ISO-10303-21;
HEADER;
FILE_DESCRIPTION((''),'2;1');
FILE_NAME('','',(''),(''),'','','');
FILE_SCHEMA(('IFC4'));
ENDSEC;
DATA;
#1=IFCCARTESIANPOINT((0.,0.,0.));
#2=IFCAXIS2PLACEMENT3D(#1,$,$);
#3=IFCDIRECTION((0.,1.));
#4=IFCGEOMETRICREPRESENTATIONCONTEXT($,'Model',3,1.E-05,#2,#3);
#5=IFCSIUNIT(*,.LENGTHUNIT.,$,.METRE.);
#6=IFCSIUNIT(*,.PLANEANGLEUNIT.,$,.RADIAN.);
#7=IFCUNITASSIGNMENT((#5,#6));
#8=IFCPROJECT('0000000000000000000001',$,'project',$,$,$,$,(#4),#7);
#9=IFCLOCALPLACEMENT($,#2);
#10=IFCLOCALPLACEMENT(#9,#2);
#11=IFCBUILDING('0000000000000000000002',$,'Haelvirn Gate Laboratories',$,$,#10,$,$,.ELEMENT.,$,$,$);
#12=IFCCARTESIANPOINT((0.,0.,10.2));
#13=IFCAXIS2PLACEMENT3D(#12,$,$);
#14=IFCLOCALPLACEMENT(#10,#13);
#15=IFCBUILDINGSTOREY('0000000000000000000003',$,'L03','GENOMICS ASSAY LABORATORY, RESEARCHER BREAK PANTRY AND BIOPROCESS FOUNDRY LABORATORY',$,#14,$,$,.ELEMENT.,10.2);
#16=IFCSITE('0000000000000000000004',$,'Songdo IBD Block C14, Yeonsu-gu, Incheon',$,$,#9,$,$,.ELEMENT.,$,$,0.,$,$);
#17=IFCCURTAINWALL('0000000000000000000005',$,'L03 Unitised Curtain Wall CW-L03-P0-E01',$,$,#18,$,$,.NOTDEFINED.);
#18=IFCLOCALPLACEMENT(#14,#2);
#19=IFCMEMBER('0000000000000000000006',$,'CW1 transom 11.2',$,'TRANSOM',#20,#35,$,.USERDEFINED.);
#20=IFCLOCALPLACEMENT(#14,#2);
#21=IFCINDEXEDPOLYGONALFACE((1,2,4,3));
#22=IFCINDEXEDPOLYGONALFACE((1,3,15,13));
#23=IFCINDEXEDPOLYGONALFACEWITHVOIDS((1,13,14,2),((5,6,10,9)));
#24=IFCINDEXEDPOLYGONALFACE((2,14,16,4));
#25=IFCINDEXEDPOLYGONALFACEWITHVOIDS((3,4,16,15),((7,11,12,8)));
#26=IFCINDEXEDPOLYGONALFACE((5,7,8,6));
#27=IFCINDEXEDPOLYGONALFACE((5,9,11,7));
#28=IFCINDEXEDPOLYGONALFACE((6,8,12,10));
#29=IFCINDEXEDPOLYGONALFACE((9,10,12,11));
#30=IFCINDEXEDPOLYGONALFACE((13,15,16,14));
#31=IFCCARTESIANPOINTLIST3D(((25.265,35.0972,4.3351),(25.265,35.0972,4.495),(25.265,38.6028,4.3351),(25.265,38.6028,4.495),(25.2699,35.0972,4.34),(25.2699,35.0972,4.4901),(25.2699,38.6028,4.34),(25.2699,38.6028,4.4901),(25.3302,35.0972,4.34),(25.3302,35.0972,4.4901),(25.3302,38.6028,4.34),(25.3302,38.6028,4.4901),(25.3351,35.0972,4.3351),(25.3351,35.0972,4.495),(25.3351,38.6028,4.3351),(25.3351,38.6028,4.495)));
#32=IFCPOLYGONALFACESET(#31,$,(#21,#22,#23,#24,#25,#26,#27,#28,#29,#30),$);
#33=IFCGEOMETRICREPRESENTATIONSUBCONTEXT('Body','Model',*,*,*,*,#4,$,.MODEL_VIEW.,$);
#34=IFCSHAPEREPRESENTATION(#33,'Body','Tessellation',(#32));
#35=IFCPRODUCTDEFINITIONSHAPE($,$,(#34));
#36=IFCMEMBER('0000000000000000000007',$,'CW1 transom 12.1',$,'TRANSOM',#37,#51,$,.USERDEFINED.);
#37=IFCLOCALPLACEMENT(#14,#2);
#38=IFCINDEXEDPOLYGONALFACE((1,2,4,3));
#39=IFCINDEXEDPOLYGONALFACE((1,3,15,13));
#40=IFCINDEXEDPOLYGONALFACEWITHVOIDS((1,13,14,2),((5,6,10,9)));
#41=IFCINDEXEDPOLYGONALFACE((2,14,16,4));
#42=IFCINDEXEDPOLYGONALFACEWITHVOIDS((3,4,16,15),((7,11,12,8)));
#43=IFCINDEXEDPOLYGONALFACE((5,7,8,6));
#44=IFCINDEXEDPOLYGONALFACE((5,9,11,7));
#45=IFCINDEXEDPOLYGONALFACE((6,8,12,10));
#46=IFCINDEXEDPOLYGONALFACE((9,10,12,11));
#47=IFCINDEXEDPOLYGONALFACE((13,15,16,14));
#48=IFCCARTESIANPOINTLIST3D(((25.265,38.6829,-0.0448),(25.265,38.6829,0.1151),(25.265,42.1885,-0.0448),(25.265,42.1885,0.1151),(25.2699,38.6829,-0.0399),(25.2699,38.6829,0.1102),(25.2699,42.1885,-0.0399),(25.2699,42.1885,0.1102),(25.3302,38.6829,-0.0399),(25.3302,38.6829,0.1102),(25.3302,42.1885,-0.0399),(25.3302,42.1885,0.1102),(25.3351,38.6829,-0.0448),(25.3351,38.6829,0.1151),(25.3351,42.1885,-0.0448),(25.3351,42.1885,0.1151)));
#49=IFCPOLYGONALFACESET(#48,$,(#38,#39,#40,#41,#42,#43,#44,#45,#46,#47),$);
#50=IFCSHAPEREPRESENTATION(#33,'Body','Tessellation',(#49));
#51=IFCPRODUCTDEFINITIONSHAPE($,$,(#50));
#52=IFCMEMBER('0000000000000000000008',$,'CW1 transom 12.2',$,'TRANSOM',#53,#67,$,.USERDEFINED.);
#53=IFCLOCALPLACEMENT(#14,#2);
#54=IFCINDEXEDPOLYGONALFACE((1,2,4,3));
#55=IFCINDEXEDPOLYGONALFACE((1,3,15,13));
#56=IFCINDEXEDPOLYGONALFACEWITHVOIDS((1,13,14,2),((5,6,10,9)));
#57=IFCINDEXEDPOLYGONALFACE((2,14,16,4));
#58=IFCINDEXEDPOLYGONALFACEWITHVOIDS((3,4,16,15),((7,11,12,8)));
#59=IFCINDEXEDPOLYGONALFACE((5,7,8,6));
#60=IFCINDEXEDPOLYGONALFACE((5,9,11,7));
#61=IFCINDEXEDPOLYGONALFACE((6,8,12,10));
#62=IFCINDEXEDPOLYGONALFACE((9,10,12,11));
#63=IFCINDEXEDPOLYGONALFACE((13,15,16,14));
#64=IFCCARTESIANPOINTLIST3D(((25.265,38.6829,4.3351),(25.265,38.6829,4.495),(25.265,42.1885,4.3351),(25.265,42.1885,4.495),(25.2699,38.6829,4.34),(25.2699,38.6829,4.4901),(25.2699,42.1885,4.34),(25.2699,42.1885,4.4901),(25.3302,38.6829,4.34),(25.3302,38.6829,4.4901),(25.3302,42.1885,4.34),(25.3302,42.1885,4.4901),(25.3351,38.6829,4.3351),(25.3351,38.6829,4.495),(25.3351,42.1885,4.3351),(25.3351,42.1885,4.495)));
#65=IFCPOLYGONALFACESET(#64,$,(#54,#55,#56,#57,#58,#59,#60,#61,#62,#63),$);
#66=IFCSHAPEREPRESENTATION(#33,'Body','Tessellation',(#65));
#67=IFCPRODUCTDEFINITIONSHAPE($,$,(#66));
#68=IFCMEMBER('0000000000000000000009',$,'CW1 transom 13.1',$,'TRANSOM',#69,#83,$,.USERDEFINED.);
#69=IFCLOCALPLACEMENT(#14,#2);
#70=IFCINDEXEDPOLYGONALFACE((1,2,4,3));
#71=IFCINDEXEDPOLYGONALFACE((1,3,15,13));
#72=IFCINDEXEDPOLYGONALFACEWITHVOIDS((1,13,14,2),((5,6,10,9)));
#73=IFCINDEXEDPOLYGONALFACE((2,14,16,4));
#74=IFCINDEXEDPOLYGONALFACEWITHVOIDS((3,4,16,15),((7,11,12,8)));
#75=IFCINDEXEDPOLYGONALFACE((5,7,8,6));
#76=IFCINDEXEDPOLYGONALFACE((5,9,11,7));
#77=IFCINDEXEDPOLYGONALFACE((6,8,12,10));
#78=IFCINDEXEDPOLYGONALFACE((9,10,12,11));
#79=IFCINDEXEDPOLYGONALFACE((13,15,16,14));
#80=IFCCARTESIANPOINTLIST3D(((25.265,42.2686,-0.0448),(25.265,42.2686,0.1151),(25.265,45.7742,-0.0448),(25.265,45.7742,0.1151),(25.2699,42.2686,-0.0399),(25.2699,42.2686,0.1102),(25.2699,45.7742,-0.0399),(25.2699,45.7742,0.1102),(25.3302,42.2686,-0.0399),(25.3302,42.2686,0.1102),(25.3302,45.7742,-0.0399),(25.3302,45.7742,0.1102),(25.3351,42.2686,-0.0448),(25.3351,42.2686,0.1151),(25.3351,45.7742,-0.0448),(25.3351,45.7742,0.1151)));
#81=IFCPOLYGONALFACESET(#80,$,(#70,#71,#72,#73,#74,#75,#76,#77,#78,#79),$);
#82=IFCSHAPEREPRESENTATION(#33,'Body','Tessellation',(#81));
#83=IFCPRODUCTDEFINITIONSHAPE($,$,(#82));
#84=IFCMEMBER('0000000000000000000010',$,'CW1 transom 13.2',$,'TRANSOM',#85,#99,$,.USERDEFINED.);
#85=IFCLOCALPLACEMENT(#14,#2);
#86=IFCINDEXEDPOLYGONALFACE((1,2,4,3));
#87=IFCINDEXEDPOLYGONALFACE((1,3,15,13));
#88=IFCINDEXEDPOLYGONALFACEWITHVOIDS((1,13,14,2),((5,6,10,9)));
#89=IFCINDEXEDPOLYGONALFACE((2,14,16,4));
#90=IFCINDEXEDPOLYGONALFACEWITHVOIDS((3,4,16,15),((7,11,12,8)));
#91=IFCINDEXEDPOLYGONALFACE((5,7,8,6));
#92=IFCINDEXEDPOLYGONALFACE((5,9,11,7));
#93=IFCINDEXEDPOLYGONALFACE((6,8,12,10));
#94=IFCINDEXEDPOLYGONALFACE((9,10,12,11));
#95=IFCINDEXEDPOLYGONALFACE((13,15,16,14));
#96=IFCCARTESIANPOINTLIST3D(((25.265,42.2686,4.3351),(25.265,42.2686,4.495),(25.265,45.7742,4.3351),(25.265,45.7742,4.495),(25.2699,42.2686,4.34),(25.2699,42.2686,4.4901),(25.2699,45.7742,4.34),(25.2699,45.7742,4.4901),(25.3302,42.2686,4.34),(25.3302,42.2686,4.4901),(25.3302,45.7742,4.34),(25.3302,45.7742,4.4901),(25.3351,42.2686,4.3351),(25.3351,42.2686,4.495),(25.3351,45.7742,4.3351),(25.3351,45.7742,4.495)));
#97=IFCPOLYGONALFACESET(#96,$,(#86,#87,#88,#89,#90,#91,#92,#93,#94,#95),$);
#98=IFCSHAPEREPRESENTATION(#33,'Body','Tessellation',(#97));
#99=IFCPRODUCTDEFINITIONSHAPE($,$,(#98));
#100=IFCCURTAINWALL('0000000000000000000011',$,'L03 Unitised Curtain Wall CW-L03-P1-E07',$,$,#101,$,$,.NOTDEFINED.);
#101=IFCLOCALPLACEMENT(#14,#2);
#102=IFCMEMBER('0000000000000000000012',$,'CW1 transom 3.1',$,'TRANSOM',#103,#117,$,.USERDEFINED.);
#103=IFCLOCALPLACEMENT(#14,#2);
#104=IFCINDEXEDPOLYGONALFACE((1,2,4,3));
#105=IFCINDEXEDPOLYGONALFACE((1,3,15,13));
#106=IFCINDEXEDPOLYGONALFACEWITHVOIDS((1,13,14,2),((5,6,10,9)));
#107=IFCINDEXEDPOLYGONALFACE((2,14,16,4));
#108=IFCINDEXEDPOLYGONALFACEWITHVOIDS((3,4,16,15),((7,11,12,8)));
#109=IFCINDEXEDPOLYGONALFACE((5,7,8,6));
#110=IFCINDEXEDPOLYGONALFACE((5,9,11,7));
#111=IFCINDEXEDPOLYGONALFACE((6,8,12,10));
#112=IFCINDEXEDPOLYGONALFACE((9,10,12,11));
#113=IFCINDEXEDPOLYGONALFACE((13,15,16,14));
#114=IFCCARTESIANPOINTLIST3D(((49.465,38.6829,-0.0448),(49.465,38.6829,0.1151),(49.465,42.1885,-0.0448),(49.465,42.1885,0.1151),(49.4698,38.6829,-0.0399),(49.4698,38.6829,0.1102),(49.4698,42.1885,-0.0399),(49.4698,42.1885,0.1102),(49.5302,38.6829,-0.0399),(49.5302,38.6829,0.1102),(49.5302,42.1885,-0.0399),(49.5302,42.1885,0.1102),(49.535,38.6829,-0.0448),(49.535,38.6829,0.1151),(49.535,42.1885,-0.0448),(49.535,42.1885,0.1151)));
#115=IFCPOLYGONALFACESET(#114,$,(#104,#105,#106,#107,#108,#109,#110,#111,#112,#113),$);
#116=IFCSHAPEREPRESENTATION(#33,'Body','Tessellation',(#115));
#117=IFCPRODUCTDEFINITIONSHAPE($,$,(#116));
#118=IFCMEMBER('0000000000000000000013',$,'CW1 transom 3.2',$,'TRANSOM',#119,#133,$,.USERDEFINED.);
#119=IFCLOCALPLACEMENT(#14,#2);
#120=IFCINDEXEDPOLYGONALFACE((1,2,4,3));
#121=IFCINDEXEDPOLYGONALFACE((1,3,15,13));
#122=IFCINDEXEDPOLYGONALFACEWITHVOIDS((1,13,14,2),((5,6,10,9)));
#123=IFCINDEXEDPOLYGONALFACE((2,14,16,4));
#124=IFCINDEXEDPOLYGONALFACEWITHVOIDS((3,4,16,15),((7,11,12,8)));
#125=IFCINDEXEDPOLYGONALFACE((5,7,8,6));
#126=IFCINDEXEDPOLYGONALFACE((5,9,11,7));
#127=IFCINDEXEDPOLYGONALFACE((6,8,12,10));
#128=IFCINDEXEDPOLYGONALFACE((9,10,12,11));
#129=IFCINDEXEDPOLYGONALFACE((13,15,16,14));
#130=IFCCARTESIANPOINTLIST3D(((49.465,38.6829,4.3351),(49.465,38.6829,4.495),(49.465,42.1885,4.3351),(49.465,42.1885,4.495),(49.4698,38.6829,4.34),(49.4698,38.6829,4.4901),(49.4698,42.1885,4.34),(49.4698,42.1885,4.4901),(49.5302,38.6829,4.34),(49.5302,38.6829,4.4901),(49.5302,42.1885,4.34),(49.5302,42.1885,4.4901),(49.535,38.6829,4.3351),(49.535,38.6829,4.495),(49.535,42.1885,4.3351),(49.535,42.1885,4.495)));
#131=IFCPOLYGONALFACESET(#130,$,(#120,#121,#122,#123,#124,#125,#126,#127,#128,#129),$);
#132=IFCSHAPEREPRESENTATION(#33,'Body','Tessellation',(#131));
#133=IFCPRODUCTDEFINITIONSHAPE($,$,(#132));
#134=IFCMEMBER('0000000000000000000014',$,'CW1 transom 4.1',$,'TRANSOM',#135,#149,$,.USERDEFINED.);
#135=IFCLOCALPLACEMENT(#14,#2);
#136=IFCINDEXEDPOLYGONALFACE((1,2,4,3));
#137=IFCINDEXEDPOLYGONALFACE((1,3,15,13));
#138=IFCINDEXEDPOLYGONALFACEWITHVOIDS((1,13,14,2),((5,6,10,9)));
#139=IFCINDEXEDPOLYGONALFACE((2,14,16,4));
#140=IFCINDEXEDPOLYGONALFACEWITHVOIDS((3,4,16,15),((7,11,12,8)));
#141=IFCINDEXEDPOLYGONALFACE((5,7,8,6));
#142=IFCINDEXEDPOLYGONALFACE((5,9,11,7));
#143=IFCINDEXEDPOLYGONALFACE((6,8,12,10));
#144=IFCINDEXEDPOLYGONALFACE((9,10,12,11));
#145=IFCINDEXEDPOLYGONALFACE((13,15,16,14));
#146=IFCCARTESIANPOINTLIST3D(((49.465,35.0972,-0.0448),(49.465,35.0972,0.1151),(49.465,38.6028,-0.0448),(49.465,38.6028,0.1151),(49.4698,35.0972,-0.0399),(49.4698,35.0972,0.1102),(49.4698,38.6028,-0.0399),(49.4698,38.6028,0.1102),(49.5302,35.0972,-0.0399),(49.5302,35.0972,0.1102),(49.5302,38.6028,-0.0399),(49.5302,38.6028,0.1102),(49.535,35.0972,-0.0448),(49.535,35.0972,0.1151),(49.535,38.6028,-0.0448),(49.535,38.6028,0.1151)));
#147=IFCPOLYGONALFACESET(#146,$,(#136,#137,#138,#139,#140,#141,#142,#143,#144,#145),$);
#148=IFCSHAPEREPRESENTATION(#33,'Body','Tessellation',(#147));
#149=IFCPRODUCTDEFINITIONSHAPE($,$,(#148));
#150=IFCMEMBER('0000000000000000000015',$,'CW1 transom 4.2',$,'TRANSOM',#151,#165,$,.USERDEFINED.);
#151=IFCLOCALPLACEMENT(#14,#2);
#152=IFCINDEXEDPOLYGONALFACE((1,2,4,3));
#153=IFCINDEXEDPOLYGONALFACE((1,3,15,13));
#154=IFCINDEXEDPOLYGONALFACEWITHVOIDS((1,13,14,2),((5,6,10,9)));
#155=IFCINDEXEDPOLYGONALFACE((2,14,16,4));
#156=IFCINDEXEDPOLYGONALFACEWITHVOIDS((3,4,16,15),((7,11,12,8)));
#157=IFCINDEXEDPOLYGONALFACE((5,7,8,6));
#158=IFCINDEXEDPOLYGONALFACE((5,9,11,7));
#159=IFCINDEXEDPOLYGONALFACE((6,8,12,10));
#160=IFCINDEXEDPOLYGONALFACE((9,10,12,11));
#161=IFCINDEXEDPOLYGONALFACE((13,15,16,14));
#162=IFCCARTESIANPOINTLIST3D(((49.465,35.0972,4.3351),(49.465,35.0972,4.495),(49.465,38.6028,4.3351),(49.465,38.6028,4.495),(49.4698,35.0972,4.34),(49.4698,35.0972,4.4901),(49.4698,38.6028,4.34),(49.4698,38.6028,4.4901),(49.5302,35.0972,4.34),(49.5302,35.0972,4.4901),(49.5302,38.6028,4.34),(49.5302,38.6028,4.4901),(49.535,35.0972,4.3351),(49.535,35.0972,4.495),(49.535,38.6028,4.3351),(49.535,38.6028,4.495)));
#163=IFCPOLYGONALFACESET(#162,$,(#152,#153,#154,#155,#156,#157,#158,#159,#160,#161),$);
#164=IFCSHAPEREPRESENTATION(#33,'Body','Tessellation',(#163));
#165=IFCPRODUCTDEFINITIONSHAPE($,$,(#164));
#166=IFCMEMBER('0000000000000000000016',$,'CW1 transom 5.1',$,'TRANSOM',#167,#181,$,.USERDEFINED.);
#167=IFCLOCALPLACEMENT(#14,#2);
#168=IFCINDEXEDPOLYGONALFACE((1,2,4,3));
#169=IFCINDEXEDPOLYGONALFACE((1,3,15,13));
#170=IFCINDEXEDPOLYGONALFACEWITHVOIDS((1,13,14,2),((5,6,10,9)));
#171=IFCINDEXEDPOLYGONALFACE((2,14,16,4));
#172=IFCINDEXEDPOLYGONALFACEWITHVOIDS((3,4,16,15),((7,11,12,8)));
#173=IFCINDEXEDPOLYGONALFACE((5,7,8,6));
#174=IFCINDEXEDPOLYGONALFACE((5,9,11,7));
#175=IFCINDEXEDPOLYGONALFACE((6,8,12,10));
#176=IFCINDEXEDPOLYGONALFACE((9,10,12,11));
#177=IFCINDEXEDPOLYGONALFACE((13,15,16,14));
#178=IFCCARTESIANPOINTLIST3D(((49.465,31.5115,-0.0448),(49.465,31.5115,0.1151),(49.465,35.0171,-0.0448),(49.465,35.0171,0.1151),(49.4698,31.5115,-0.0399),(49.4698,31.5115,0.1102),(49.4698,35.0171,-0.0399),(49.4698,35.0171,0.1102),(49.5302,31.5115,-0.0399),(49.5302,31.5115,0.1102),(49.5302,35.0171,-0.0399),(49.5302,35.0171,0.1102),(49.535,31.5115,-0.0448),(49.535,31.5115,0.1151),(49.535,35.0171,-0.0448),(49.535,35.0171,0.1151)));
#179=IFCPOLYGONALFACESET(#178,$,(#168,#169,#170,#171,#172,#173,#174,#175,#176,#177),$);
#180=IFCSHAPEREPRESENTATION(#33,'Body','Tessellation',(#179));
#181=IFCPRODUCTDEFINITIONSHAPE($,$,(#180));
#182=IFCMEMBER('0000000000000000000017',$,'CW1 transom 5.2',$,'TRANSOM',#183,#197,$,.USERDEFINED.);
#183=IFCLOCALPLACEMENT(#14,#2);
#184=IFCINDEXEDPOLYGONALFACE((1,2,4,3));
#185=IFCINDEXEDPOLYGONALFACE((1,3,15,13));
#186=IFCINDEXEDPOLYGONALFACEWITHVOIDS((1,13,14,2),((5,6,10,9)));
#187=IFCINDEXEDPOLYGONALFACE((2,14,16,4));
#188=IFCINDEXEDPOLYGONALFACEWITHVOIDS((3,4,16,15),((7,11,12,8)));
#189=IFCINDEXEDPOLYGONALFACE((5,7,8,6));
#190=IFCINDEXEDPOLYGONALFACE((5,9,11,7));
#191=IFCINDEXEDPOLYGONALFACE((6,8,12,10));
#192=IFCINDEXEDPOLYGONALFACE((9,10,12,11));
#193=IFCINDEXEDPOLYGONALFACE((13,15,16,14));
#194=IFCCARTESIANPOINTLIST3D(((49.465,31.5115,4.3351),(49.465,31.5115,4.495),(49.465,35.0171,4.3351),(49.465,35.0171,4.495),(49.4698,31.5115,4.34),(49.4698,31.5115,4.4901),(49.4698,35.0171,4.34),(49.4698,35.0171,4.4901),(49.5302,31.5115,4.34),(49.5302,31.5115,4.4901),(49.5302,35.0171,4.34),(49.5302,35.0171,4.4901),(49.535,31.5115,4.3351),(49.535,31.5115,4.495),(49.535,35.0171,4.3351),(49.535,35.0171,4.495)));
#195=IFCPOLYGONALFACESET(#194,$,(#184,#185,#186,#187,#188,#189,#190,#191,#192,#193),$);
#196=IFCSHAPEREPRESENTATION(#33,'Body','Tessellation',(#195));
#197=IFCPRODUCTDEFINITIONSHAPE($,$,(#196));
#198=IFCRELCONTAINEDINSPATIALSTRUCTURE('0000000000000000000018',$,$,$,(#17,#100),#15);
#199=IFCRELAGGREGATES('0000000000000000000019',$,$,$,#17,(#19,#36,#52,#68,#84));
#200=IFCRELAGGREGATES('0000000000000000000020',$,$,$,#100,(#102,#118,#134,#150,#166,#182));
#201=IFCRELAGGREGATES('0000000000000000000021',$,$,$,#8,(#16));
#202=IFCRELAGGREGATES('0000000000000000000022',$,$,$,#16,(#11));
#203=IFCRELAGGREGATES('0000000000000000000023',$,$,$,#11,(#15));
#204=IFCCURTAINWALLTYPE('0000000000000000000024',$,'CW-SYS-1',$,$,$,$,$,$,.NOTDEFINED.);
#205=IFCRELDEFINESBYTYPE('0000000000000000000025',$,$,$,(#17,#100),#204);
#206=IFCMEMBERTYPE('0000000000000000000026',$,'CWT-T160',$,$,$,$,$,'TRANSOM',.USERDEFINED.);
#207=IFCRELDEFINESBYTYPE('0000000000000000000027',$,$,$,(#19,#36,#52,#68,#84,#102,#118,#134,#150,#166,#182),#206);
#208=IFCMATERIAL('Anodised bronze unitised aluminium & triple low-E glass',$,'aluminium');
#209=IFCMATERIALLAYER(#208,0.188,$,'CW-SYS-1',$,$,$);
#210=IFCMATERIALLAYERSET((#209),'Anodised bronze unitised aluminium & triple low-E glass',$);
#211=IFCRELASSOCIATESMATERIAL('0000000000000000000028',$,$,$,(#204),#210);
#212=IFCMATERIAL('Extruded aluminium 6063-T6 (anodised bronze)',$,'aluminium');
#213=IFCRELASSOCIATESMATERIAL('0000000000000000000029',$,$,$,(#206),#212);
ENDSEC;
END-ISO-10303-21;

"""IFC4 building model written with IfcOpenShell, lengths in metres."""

from ifc_helpers import new_model, si_unit, direction, frame, origin, origin_2d, place, context, subcontext, project, spatial, hollow_rectangle, extrude, source, transform, mapped, material, layer, layer_set, material_profile, profile_set, type_object, element, aggregate, save


model = new_model("IFC4")

# Units and contexts
model_context = context("Model", 3, precision=1e-05, world=origin(), true_north=direction((0.0, 1.0)))
body_context = subcontext(model_context, "Body", "Model", "MODEL_VIEW")
ifc_project = project(units=[si_unit("LENGTHUNIT", "METRE"), si_unit("PLANEANGLEUNIT", "RADIAN")], contexts=[model_context])

# Site, building, storey
site_placement = place(None, origin())
site = spatial("IfcSite", under=ifc_project, at=site_placement, Name="Songdo IBD Block C14, Yeonsu-gu, Incheon", CompositionType="ELEMENT", RefElevation=0.0)
building_placement = place(site_placement, origin())
building = spatial("IfcBuilding", under=site, at=building_placement, Name="Haelvirn Gate Laboratories", CompositionType="ELEMENT")
storey_placement = place(building_placement, frame((0.0, 0.0, 10.2)))
storey = spatial("IfcBuildingStorey", under=building, at=storey_placement, Name="L03", Description="GENOMICS ASSAY LABORATORY, RESEARCHER BREAK PANTRY AND BIOPROCESS FOUNDRY LABORATORY", CompositionType="ELEMENT", Elevation=10.2)

# Curtain walls, members
ifc_material_1 = material(Name="Anodised bronze unitised aluminium & triple low-E glass", Category="aluminium")
ifc_layer_1 = layer(ifc_material_1, 0.188, Name="CW-SYS-1")
ifc_layer_set_1 = layer_set([ifc_layer_1], Name="Anodised bronze unitised aluminium & triple low-E glass")
curtain_wall_type = type_object("IfcCurtainWallType", Name="CW-SYS-1", PredefinedType="NOTDEFINED", material=ifc_layer_set_1)
curtain_wall_1_placement = place(storey_placement, origin())
curtain_wall_1 = element("IfcCurtainWall", 1, at=curtain_wall_1_placement, inside=storey, type_object=curtain_wall_type, Name="L03 Unitised Curtain Wall CW-L03-P0-E01", PredefinedType="NOTDEFINED")
ifc_material_2 = material(Name="Extruded aluminium 6063-T6 (anodised bronze)", Category="aluminium")
ifc_material_profile_1 = material_profile(ifc_material_2, hollow_rectangle(XDim=0.0701, YDim=0.1599, WallThickness=0.0049, at=origin_2d()), Name="CWT-160x70x5")
ifc_profile_set_1 = profile_set([ifc_material_profile_1], Name="Extruded aluminium 6063-T6 (anodised bronze)")
member_type_1 = type_object("IfcMemberType", Name="CWT-T160", ElementType="TRANSOM", PredefinedType="USERDEFINED", material=ifc_profile_set_1)
shared_shape_1 = source(origin(), body_context, "Body", "SweptSolid", [
    extrude(hollow_rectangle(XDim=0.0701, YDim=0.1599, WallThickness=0.0049, at=origin_2d()), origin(), (0.0, 0.0, 1.0), 3.5056),
])
member_1_placement = place(storey_placement, frame((25.3, 35.0972, 4.415), z_axis=(0.0, 1.0, 0.0), x_axis=(-1.0, 0.0, 0.0)))
member_1 = element("IfcMember", 2, at=member_1_placement, type_object=member_type_1, Name="CW1 transom 11.2", ObjectType="TRANSOM", PredefinedType="USERDEFINED", context=body_context, shape_type="MappedRepresentation", body=[
    mapped(shared_shape_1, transform((0.0, 0.0, 0.0), scale=1.0)),
])
member_2_placement = place(storey_placement, frame((25.3, 38.6829, 0.0352), z_axis=(0.0, 1.0, 0.0), x_axis=(-1.0, 0.0, 0.0)))
member_2 = element("IfcMember", 3, at=member_2_placement, type_object=member_type_1, Name="CW1 transom 12.1", ObjectType="TRANSOM", PredefinedType="USERDEFINED", context=body_context, shape_type="MappedRepresentation", body=[
    mapped(shared_shape_1, transform((0.0, 0.0, 0.0), scale=1.0)),
])
member_3_placement = place(storey_placement, frame((25.3, 38.6829, 4.415), z_axis=(0.0, 1.0, 0.0), x_axis=(-1.0, 0.0, 0.0)))
member_3 = element("IfcMember", 4, at=member_3_placement, type_object=member_type_1, Name="CW1 transom 12.2", ObjectType="TRANSOM", PredefinedType="USERDEFINED", context=body_context, shape_type="MappedRepresentation", body=[
    mapped(shared_shape_1, transform((0.0, 0.0, 0.0), scale=1.0)),
])
member_4_placement = place(storey_placement, frame((25.3, 42.2686, 0.0352), z_axis=(0.0, 1.0, 0.0), x_axis=(-1.0, 0.0, 0.0)))
member_4 = element("IfcMember", 5, at=member_4_placement, type_object=member_type_1, Name="CW1 transom 13.1", ObjectType="TRANSOM", PredefinedType="USERDEFINED", context=body_context, shape_type="MappedRepresentation", body=[
    mapped(shared_shape_1, transform((0.0, 0.0, 0.0), scale=1.0)),
])
member_5_placement = place(storey_placement, frame((25.3, 42.2686, 4.415), z_axis=(0.0, 1.0, 0.0), x_axis=(-1.0, 0.0, 0.0)))
member_5 = element("IfcMember", 6, at=member_5_placement, type_object=member_type_1, Name="CW1 transom 13.2", ObjectType="TRANSOM", PredefinedType="USERDEFINED", context=body_context, shape_type="MappedRepresentation", body=[
    mapped(shared_shape_1, transform((0.0, 0.0, 0.0), scale=1.0)),
])
curtain_wall_2_placement = place(storey_placement, origin())
curtain_wall_2 = element("IfcCurtainWall", 7, at=curtain_wall_2_placement, inside=storey, type_object=curtain_wall_type, Name="L03 Unitised Curtain Wall CW-L03-P1-E07", PredefinedType="NOTDEFINED")
member_6_placement = place(storey_placement, frame((49.5, 42.1885, 0.0352), z_axis=(0.0, -1.0, 0.0), x_axis=(1.0, 0.0, 0.0)))
member_6 = element("IfcMember", 8, at=member_6_placement, type_object=member_type_1, Name="CW1 transom 3.1", ObjectType="TRANSOM", PredefinedType="USERDEFINED", context=body_context, shape_type="MappedRepresentation", body=[
    mapped(shared_shape_1, transform((0.0, 0.0, 0.0), scale=1.0)),
])
member_7_placement = place(storey_placement, frame((49.5, 42.1885, 4.415), z_axis=(0.0, -1.0, 0.0), x_axis=(1.0, 0.0, 0.0)))
member_7 = element("IfcMember", 9, at=member_7_placement, type_object=member_type_1, Name="CW1 transom 3.2", ObjectType="TRANSOM", PredefinedType="USERDEFINED", context=body_context, shape_type="MappedRepresentation", body=[
    mapped(shared_shape_1, transform((0.0, 0.0, 0.0), scale=1.0)),
])
member_8_placement = place(storey_placement, frame((49.5, 38.6028, 0.0352), z_axis=(0.0, -1.0, 0.0), x_axis=(1.0, 0.0, 0.0)))
member_8 = element("IfcMember", 10, at=member_8_placement, type_object=member_type_1, Name="CW1 transom 4.1", ObjectType="TRANSOM", PredefinedType="USERDEFINED", context=body_context, shape_type="MappedRepresentation", body=[
    mapped(shared_shape_1, transform((0.0, 0.0, 0.0), scale=1.0)),
])
member_9_placement = place(storey_placement, frame((49.5, 38.6028, 4.415), z_axis=(0.0, -1.0, 0.0), x_axis=(1.0, 0.0, 0.0)))
member_9 = element("IfcMember", 11, at=member_9_placement, type_object=member_type_1, Name="CW1 transom 4.2", ObjectType="TRANSOM", PredefinedType="USERDEFINED", context=body_context, shape_type="MappedRepresentation", body=[
    mapped(shared_shape_1, transform((0.0, 0.0, 0.0), scale=1.0)),
])
member_10_placement = place(storey_placement, frame((49.5, 35.0171, 0.0352), z_axis=(0.0, -1.0, 0.0), x_axis=(1.0, 0.0, 0.0)))
member_10 = element("IfcMember", 12, at=member_10_placement, type_object=member_type_1, Name="CW1 transom 5.1", ObjectType="TRANSOM", PredefinedType="USERDEFINED", context=body_context, shape_type="MappedRepresentation", body=[
    mapped(shared_shape_1, transform((0.0, 0.0, 0.0), scale=1.0)),
])
member_11_placement = place(storey_placement, frame((49.5, 35.0171, 4.415), z_axis=(0.0, -1.0, 0.0), x_axis=(1.0, 0.0, 0.0)))
member_11 = element("IfcMember", 13, at=member_11_placement, type_object=member_type_1, Name="CW1 transom 5.2", ObjectType="TRANSOM", PredefinedType="USERDEFINED", context=body_context, shape_type="MappedRepresentation", body=[
    mapped(shared_shape_1, transform((0.0, 0.0, 0.0), scale=1.0)),
])

aggregate(curtain_wall_1, [member_1, member_2, member_3, member_4, member_5])
aggregate(curtain_wall_2, [member_6, member_7, member_8, member_9, member_10, member_11])

save(model, "model.ifc")
